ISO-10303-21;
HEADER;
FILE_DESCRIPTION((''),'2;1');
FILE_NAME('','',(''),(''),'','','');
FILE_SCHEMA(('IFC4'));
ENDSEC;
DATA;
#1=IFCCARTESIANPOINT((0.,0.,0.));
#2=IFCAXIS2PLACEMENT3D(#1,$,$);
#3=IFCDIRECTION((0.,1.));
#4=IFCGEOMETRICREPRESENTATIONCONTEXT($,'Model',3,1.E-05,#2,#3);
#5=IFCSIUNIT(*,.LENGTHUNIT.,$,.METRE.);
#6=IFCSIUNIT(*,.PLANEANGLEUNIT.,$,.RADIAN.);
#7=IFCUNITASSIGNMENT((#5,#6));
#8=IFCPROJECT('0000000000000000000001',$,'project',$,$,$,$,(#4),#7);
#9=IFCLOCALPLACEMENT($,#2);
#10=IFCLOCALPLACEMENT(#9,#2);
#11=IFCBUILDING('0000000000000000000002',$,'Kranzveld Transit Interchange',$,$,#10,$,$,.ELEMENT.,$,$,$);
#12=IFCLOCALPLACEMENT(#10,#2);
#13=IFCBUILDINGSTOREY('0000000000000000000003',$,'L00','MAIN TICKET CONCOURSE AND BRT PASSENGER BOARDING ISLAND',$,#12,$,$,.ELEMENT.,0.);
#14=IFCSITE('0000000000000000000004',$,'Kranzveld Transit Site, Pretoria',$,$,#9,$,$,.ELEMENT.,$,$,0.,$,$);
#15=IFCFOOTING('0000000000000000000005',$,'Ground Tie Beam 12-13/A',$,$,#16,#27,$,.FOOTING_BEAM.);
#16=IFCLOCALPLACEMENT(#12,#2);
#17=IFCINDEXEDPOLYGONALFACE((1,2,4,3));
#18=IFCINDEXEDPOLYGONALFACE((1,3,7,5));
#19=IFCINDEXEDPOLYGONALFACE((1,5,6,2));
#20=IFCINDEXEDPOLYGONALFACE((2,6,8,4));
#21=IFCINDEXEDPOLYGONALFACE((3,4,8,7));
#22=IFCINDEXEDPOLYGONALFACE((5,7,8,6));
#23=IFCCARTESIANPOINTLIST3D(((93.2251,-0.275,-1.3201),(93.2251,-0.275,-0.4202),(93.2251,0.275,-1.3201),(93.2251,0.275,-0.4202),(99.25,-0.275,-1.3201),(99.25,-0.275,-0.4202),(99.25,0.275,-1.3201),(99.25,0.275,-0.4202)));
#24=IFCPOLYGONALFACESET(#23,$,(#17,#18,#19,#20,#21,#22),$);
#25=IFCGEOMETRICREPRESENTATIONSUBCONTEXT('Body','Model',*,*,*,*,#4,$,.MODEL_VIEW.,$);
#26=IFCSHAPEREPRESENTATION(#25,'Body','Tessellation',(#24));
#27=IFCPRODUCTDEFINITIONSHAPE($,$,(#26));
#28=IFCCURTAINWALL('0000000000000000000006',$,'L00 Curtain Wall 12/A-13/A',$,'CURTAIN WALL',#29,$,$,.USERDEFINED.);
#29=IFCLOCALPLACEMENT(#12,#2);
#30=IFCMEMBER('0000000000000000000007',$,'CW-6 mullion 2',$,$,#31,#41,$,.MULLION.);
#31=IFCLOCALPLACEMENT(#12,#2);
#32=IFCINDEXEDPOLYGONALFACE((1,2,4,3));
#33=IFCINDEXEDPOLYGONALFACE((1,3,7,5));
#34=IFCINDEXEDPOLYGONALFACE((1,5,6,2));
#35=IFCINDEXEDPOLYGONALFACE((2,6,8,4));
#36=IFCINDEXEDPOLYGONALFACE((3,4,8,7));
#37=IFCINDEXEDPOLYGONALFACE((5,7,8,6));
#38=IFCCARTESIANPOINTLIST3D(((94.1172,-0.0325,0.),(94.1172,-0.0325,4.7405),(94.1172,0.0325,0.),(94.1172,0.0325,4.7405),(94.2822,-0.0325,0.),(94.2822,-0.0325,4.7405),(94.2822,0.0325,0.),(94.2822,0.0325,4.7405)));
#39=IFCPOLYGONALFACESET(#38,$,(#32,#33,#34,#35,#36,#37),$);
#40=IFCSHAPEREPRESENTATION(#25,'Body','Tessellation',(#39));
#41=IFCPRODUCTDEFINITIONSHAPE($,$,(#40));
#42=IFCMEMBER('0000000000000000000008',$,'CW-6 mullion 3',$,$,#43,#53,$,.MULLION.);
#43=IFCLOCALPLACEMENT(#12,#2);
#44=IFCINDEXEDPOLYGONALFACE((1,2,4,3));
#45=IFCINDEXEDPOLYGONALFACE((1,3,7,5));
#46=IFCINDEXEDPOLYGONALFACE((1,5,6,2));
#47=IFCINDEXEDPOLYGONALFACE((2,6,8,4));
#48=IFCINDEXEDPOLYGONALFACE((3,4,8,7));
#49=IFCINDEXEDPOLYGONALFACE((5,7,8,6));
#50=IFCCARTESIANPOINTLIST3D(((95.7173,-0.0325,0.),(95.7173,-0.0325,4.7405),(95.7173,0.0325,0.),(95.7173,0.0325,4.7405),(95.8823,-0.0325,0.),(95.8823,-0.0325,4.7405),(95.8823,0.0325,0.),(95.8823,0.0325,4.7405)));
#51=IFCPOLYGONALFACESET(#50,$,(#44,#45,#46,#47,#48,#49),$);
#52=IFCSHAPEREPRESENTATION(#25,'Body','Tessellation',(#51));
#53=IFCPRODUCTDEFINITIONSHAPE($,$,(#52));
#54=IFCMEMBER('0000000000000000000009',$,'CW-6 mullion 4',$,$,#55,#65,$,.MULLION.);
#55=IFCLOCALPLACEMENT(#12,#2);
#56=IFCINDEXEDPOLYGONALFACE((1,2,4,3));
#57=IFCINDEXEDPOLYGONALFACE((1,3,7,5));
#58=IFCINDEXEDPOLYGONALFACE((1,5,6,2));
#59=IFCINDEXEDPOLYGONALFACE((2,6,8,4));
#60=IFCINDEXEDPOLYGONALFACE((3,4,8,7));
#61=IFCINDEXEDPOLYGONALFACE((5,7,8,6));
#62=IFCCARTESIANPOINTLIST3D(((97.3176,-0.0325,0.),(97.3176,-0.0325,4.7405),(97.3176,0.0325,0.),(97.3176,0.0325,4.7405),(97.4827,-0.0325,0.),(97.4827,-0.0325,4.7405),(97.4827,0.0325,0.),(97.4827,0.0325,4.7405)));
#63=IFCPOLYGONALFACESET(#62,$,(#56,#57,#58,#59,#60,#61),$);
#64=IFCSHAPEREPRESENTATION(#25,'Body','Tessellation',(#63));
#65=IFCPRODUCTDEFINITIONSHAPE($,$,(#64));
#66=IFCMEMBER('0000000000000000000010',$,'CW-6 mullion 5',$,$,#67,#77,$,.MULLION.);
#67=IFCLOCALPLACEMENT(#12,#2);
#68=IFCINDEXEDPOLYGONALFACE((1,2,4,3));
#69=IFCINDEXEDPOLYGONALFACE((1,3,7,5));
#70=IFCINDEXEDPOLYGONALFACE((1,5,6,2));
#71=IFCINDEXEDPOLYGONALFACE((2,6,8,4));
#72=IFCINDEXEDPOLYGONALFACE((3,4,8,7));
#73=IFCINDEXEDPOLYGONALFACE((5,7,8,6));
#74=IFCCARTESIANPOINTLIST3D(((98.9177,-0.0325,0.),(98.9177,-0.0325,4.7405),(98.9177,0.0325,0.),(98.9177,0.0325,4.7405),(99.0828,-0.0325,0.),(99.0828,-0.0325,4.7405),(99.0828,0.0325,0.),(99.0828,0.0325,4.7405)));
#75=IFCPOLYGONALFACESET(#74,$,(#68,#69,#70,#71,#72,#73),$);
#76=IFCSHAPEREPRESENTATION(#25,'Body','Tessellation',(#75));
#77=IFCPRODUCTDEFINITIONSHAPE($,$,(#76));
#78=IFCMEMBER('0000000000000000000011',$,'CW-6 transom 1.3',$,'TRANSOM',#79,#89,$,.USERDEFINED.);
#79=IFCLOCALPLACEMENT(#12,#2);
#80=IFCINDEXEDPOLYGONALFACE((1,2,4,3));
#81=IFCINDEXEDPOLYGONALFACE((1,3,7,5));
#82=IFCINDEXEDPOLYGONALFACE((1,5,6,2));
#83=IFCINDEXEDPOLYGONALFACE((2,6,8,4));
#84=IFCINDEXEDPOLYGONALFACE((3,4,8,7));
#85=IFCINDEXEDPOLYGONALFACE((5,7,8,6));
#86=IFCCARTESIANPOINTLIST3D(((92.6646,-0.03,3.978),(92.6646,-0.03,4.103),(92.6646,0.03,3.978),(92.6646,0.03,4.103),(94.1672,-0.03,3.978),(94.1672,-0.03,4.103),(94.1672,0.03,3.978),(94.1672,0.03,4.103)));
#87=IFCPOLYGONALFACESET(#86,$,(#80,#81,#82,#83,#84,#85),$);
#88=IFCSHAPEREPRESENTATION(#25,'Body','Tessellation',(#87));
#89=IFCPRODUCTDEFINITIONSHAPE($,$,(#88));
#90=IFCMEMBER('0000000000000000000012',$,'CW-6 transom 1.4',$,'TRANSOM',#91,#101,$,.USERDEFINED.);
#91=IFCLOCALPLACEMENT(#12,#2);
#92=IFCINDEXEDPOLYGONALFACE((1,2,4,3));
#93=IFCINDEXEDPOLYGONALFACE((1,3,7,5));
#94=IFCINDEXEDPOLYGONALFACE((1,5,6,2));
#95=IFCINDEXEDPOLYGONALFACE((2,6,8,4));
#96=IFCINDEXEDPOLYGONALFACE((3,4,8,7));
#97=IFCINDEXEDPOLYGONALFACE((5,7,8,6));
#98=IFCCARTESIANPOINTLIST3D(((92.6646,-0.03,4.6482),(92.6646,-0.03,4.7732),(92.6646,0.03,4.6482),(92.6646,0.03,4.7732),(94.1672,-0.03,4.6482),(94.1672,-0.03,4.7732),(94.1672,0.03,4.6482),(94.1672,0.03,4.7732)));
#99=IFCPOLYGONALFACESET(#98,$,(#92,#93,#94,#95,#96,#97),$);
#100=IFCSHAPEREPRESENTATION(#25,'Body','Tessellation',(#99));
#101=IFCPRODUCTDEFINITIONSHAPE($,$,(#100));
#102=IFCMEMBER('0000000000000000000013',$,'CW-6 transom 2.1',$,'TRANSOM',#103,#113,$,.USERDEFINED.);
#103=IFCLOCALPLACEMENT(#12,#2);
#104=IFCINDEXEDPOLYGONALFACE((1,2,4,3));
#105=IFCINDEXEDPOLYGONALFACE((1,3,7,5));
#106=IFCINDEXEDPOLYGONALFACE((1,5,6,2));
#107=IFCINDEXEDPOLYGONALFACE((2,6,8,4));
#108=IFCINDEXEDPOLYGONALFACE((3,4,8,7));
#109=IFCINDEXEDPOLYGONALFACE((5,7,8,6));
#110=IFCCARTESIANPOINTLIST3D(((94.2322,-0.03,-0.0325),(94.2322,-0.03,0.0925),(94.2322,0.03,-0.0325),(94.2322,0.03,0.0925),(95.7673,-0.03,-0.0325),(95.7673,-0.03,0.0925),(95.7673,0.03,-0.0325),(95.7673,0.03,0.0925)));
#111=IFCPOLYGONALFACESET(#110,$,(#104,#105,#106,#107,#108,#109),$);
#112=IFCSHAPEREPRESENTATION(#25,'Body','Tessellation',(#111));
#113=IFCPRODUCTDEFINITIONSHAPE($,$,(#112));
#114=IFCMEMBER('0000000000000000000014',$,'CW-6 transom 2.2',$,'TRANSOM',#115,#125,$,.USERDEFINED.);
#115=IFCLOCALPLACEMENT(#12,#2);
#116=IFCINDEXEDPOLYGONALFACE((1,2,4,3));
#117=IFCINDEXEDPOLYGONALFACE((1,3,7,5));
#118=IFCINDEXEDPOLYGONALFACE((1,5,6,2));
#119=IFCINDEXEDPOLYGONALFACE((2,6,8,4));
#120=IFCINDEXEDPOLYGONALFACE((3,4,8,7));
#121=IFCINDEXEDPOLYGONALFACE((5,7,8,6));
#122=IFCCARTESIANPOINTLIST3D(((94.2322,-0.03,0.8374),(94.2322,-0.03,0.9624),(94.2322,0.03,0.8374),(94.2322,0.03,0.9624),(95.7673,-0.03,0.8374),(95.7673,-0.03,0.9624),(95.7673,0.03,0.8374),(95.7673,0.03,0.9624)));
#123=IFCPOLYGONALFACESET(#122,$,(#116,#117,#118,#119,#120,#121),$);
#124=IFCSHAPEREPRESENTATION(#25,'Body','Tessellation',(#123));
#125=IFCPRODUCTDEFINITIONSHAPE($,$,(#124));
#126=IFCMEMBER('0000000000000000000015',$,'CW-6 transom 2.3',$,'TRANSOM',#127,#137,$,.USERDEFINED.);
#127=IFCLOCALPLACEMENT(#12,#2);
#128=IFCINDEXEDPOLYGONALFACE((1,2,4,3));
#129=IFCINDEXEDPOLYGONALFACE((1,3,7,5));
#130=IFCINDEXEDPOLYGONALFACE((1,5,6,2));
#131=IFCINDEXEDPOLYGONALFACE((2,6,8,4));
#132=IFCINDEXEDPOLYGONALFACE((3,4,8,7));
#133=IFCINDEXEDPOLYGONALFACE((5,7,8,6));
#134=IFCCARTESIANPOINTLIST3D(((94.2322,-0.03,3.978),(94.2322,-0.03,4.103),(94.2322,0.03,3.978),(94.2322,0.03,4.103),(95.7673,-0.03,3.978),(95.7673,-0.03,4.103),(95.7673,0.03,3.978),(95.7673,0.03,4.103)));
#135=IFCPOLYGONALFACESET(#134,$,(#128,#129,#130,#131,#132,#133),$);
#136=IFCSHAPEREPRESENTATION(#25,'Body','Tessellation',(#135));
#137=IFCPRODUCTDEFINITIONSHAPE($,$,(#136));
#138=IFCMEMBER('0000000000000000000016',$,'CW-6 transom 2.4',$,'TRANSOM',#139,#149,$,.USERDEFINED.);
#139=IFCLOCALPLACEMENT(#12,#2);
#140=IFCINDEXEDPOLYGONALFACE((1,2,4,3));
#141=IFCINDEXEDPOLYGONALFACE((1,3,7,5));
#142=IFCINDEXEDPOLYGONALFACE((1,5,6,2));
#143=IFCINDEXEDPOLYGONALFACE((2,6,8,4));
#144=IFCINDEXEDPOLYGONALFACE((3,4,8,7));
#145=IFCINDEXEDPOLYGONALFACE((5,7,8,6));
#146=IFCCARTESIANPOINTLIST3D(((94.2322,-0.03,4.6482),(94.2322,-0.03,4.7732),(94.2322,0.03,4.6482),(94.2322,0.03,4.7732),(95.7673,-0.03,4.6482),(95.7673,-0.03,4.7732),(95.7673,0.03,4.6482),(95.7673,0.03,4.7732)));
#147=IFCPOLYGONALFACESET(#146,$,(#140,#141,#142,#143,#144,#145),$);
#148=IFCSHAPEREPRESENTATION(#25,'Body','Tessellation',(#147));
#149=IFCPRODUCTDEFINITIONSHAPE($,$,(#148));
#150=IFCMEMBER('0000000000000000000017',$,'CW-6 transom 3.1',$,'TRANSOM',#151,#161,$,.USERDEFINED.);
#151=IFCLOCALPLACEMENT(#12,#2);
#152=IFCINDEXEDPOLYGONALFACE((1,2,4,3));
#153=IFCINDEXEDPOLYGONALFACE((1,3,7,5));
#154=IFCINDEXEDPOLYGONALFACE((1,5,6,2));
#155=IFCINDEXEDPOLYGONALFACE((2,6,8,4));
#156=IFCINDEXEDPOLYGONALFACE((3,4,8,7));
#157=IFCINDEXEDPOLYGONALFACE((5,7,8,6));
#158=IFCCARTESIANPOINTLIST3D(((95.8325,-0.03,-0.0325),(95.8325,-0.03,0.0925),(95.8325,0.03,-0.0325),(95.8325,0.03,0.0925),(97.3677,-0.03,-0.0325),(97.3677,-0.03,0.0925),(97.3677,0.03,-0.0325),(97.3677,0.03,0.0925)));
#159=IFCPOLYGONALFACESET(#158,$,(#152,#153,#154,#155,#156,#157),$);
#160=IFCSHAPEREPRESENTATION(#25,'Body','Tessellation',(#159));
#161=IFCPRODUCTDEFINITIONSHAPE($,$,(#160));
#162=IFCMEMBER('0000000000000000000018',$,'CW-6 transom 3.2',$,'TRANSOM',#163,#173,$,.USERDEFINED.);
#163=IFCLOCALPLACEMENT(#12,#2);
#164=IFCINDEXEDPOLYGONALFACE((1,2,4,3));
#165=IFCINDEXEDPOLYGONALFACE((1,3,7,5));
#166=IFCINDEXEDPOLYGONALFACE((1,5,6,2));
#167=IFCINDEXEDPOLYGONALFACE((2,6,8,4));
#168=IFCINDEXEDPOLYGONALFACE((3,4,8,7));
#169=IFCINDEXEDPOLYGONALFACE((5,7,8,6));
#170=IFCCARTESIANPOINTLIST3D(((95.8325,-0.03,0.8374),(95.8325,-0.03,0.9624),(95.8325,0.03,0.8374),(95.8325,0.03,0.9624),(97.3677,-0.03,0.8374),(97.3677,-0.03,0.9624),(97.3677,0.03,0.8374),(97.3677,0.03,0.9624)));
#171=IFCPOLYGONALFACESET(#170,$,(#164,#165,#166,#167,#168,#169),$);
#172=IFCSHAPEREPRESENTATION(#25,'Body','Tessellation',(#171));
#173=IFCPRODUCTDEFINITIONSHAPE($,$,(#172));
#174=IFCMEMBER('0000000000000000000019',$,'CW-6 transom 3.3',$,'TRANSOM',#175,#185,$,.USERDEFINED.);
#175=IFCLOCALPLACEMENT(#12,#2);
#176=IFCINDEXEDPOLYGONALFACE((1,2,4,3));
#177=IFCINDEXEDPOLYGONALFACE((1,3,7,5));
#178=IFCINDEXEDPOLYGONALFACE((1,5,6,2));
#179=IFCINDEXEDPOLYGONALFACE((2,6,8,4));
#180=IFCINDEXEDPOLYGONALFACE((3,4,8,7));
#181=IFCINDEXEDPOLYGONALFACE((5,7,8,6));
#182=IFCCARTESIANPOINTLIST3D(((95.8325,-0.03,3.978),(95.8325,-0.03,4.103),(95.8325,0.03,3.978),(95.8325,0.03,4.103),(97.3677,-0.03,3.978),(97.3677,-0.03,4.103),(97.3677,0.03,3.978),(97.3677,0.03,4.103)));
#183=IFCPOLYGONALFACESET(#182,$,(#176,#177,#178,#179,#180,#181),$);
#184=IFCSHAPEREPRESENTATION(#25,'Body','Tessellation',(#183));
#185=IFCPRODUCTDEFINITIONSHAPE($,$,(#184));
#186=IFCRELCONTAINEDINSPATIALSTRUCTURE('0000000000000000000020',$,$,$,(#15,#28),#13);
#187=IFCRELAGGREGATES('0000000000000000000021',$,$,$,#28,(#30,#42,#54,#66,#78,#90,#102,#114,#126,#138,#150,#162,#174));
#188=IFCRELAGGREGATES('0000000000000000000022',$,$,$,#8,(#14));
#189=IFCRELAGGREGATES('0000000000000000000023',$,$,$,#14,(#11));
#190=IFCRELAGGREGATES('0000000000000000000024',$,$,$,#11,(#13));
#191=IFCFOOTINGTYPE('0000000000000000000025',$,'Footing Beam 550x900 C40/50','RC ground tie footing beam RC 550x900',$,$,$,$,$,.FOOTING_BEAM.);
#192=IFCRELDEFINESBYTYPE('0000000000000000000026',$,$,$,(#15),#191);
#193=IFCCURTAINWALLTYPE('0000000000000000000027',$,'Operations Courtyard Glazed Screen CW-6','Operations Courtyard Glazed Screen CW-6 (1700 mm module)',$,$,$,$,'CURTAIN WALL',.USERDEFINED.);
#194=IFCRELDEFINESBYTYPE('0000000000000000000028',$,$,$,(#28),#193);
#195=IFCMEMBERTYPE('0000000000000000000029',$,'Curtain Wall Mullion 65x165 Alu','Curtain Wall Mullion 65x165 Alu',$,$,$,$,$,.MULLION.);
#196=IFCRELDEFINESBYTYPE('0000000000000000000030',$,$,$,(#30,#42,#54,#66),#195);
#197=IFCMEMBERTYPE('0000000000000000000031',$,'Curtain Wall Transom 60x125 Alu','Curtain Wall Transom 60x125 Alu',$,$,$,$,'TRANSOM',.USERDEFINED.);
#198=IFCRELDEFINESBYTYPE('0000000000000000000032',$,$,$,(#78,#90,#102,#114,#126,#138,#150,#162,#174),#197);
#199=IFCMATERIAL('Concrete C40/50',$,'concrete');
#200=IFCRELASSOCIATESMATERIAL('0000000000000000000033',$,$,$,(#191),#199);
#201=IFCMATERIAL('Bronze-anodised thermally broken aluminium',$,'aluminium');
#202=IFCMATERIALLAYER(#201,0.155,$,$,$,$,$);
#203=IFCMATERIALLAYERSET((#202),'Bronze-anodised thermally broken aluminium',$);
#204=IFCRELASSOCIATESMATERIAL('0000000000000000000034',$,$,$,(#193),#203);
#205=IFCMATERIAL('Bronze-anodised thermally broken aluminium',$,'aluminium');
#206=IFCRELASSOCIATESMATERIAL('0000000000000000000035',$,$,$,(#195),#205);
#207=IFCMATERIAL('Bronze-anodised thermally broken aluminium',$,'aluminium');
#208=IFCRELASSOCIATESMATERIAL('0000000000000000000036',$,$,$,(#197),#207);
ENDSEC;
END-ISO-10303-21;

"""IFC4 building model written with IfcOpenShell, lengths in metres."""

from ifc_helpers import new_model, si_unit, direction, frame, origin, origin_2d, place, context, subcontext, project, spatial, rectangle, extrude, material, layer, layer_set, material_profile, profile_set, type_object, element, aggregate, save


model = new_model("IFC4")

# Units and contexts
model_context = context("Model", 3, precision=1e-05, world=origin(), true_north=direction((0.0, 1.0)))
body_context = subcontext(model_context, "Body", "Model", "MODEL_VIEW")
ifc_project = project(units=[si_unit("LENGTHUNIT", "METRE"), si_unit("PLANEANGLEUNIT", "RADIAN")], contexts=[model_context])

# Site, building, storey
site_placement = place(None, origin())
site = spatial("IfcSite", under=ifc_project, at=site_placement, Name="Kranzveld Transit Site, Pretoria", CompositionType="ELEMENT", RefElevation=0.0)
building_placement = place(site_placement, origin())
building = spatial("IfcBuilding", under=site, at=building_placement, Name="Kranzveld Transit Interchange", CompositionType="ELEMENT")
storey_placement = place(building_placement, origin())
storey = spatial("IfcBuildingStorey", under=building, at=storey_placement, Name="L00", Description="MAIN TICKET CONCOURSE AND BRT PASSENGER BOARDING ISLAND", CompositionType="ELEMENT", Elevation=0.0)

# Footing
ifc_material_1 = material(Name="Concrete C40/50", Category="concrete")
ifc_material_profile_1 = material_profile(ifc_material_1, rectangle(XDim=0.55, YDim=0.8999, at=origin_2d()), Name="RC 550x900")
ifc_profile_set_1 = profile_set([ifc_material_profile_1], Name="Concrete C40/50")
footing_type = type_object("IfcFootingType", Name="Footing Beam 550x900 C40/50", Description="RC ground tie footing beam RC 550x900", PredefinedType="FOOTING_BEAM", material=ifc_profile_set_1)
footing_placement = place(storey_placement, frame((93.2251, 0.0, -0.8701), z_axis=(1.0, 0.0, 0.0), x_axis=(0.0, 1.0, 0.0)))
element("IfcFooting", 1, at=footing_placement, inside=storey, type_object=footing_type, Name="Ground Tie Beam 12-13/A", PredefinedType="FOOTING_BEAM", context=body_context, shape_type="SweptSolid", body=[
    extrude(rectangle(XDim=0.55, YDim=0.8999, at=origin_2d()), origin(), (0.0, 0.0, 1.0), 6.0249),
])

# Curtain wall, members
ifc_material_2 = material(Name="Bronze-anodised thermally broken aluminium", Category="aluminium")
ifc_layer_1 = layer(ifc_material_2, 0.155)
ifc_layer_set_1 = layer_set([ifc_layer_1], Name="Bronze-anodised thermally broken aluminium")
curtain_wall_type = type_object("IfcCurtainWallType", Name="Operations Courtyard Glazed Screen CW-6", Description="Operations Courtyard Glazed Screen CW-6 (1700 mm module)", ElementType="CURTAIN WALL", PredefinedType="USERDEFINED", material=ifc_layer_set_1)
curtain_wall_placement = place(storey_placement, origin())
curtain_wall = element("IfcCurtainWall", 2, at=curtain_wall_placement, inside=storey, type_object=curtain_wall_type, Name="L00 Curtain Wall 12/A-13/A", ObjectType="CURTAIN WALL", PredefinedType="USERDEFINED")
ifc_material_3 = material(Name="Bronze-anodised thermally broken aluminium", Category="aluminium")
ifc_material_profile_2 = material_profile(ifc_material_3, rectangle(XDim=0.0649, YDim=0.165, at=origin_2d()), Name="ALU MULLION 65x165")
ifc_profile_set_2 = profile_set([ifc_material_profile_2], Name="Bronze-anodised thermally broken aluminium")
member_type_1 = type_object("IfcMemberType", Name="Curtain Wall Mullion 65x165 Alu", Description="Curtain Wall Mullion 65x165 Alu", PredefinedType="MULLION", material=ifc_profile_set_2)
member_1_placement = place(storey_placement, frame((94.1997, 0.0, 0.0), z_axis=(0.0, 0.0, 1.0), x_axis=(0.0, 1.0, 0.0)))
member_1 = element("IfcMember", 3, at=member_1_placement, type_object=member_type_1, Name="CW-6 mullion 2", PredefinedType="MULLION", context=body_context, shape_type="SweptSolid", body=[
    extrude(rectangle(XDim=0.0649, YDim=0.165, at=origin_2d()), origin(), (0.0, 0.0, 1.0), 4.7405),
])
member_2_placement = place(storey_placement, frame((95.7998, 0.0, 0.0), z_axis=(0.0, 0.0, 1.0), x_axis=(0.0, 1.0, 0.0)))
member_2 = element("IfcMember", 4, at=member_2_placement, type_object=member_type_1, Name="CW-6 mullion 3", PredefinedType="MULLION", context=body_context, shape_type="SweptSolid", body=[
    extrude(rectangle(XDim=0.0649, YDim=0.165, at=origin_2d()), origin(), (0.0, 0.0, 1.0), 4.7405),
])
member_3_placement = place(storey_placement, frame((97.4001, 0.0, 0.0), z_axis=(0.0, 0.0, 1.0), x_axis=(0.0, 1.0, 0.0)))
member_3 = element("IfcMember", 5, at=member_3_placement, type_object=member_type_1, Name="CW-6 mullion 4", PredefinedType="MULLION", context=body_context, shape_type="SweptSolid", body=[
    extrude(rectangle(XDim=0.0649, YDim=0.165, at=origin_2d()), origin(), (0.0, 0.0, 1.0), 4.7405),
])
member_4_placement = place(storey_placement, frame((99.0002, 0.0, 0.0), z_axis=(0.0, 0.0, 1.0), x_axis=(0.0, 1.0, 0.0)))
member_4 = element("IfcMember", 6, at=member_4_placement, type_object=member_type_1, Name="CW-6 mullion 5", PredefinedType="MULLION", context=body_context, shape_type="SweptSolid", body=[
    extrude(rectangle(XDim=0.0649, YDim=0.165, at=origin_2d()), origin(), (0.0, 0.0, 1.0), 4.7405),
])
ifc_material_4 = material(Name="Bronze-anodised thermally broken aluminium", Category="aluminium")
ifc_material_profile_3 = material_profile(ifc_material_4, rectangle(XDim=0.0601, YDim=0.125, at=origin_2d()), Name="ALU TRANSOM 60x125")
ifc_profile_set_3 = profile_set([ifc_material_profile_3], Name="Bronze-anodised thermally broken aluminium")
member_type_2 = type_object("IfcMemberType", Name="Curtain Wall Transom 60x125 Alu", Description="Curtain Wall Transom 60x125 Alu", ElementType="TRANSOM", PredefinedType="USERDEFINED", material=ifc_profile_set_3)
member_5_placement = place(storey_placement, frame((92.6646, 0.0, 4.0405), z_axis=(1.0, 0.0, 0.0), x_axis=(0.0, 1.0, 0.0)))
member_5 = element("IfcMember", 7, at=member_5_placement, type_object=member_type_2, Name="CW-6 transom 1.3", ObjectType="TRANSOM", PredefinedType="USERDEFINED", context=body_context, shape_type="SweptSolid", body=[
    extrude(rectangle(XDim=0.0601, YDim=0.125, at=origin_2d()), origin(), (0.0, 0.0, 1.0), 1.5027),
])
member_6_placement = place(storey_placement, frame((92.6646, 0.0, 4.7107), z_axis=(1.0, 0.0, 0.0), x_axis=(0.0, 1.0, 0.0)))
member_6 = element("IfcMember", 8, at=member_6_placement, type_object=member_type_2, Name="CW-6 transom 1.4", ObjectType="TRANSOM", PredefinedType="USERDEFINED", context=body_context, shape_type="SweptSolid", body=[
    extrude(rectangle(XDim=0.0601, YDim=0.125, at=origin_2d()), origin(), (0.0, 0.0, 1.0), 1.5027),
])
member_7_placement = place(storey_placement, frame((94.2322, 0.0, 0.03), z_axis=(1.0, 0.0, 0.0), x_axis=(0.0, 1.0, 0.0)))
member_7 = element("IfcMember", 9, at=member_7_placement, type_object=member_type_2, Name="CW-6 transom 2.1", ObjectType="TRANSOM", PredefinedType="USERDEFINED", context=body_context, shape_type="SweptSolid", body=[
    extrude(rectangle(XDim=0.0601, YDim=0.125, at=origin_2d()), origin(), (0.0, 0.0, 1.0), 1.5352),
])
member_8_placement = place(storey_placement, frame((94.2322, 0.0, 0.8999), z_axis=(1.0, 0.0, 0.0), x_axis=(0.0, 1.0, 0.0)))
member_8 = element("IfcMember", 10, at=member_8_placement, type_object=member_type_2, Name="CW-6 transom 2.2", ObjectType="TRANSOM", PredefinedType="USERDEFINED", context=body_context, shape_type="SweptSolid", body=[
    extrude(rectangle(XDim=0.0601, YDim=0.125, at=origin_2d()), origin(), (0.0, 0.0, 1.0), 1.5352),
])
member_9_placement = place(storey_placement, frame((94.2322, 0.0, 4.0405), z_axis=(1.0, 0.0, 0.0), x_axis=(0.0, 1.0, 0.0)))
member_9 = element("IfcMember", 11, at=member_9_placement, type_object=member_type_2, Name="CW-6 transom 2.3", ObjectType="TRANSOM", PredefinedType="USERDEFINED", context=body_context, shape_type="SweptSolid", body=[
    extrude(rectangle(XDim=0.0601, YDim=0.125, at=origin_2d()), origin(), (0.0, 0.0, 1.0), 1.5352),
])
member_10_placement = place(storey_placement, frame((94.2322, 0.0, 4.7107), z_axis=(1.0, 0.0, 0.0), x_axis=(0.0, 1.0, 0.0)))
member_10 = element("IfcMember", 12, at=member_10_placement, type_object=member_type_2, Name="CW-6 transom 2.4", ObjectType="TRANSOM", PredefinedType="USERDEFINED", context=body_context, shape_type="SweptSolid", body=[
    extrude(rectangle(XDim=0.0601, YDim=0.125, at=origin_2d()), origin(), (0.0, 0.0, 1.0), 1.5352),
])
member_11_placement = place(storey_placement, frame((95.8325, 0.0, 0.03), z_axis=(1.0, 0.0, 0.0), x_axis=(0.0, 1.0, 0.0)))
member_11 = element("IfcMember", 13, at=member_11_placement, type_object=member_type_2, Name="CW-6 transom 3.1", ObjectType="TRANSOM", PredefinedType="USERDEFINED", context=body_context, shape_type="SweptSolid", body=[
    extrude(rectangle(XDim=0.0601, YDim=0.125, at=origin_2d()), origin(), (0.0, 0.0, 1.0), 1.5352),
])
member_12_placement = place(storey_placement, frame((95.8325, 0.0, 0.8999), z_axis=(1.0, 0.0, 0.0), x_axis=(0.0, 1.0, 0.0)))
member_12 = element("IfcMember", 14, at=member_12_placement, type_object=member_type_2, Name="CW-6 transom 3.2", ObjectType="TRANSOM", PredefinedType="USERDEFINED", context=body_context, shape_type="SweptSolid", body=[
    extrude(rectangle(XDim=0.0601, YDim=0.125, at=origin_2d()), origin(), (0.0, 0.0, 1.0), 1.5352),
])
member_13_placement = place(storey_placement, frame((95.8325, 0.0, 4.0405), z_axis=(1.0, 0.0, 0.0), x_axis=(0.0, 1.0, 0.0)))
member_13 = element("IfcMember", 15, at=member_13_placement, type_object=member_type_2, Name="CW-6 transom 3.3", ObjectType="TRANSOM", PredefinedType="USERDEFINED", context=body_context, shape_type="SweptSolid", body=[
    extrude(rectangle(XDim=0.0601, YDim=0.125, at=origin_2d()), origin(), (0.0, 0.0, 1.0), 1.5352),
])
aggregate(curtain_wall, [member_1, member_2, member_3, member_4, member_5, member_6, member_7, member_8, member_9, member_10, member_11, member_12, member_13])

save(model, "model.ifc")
